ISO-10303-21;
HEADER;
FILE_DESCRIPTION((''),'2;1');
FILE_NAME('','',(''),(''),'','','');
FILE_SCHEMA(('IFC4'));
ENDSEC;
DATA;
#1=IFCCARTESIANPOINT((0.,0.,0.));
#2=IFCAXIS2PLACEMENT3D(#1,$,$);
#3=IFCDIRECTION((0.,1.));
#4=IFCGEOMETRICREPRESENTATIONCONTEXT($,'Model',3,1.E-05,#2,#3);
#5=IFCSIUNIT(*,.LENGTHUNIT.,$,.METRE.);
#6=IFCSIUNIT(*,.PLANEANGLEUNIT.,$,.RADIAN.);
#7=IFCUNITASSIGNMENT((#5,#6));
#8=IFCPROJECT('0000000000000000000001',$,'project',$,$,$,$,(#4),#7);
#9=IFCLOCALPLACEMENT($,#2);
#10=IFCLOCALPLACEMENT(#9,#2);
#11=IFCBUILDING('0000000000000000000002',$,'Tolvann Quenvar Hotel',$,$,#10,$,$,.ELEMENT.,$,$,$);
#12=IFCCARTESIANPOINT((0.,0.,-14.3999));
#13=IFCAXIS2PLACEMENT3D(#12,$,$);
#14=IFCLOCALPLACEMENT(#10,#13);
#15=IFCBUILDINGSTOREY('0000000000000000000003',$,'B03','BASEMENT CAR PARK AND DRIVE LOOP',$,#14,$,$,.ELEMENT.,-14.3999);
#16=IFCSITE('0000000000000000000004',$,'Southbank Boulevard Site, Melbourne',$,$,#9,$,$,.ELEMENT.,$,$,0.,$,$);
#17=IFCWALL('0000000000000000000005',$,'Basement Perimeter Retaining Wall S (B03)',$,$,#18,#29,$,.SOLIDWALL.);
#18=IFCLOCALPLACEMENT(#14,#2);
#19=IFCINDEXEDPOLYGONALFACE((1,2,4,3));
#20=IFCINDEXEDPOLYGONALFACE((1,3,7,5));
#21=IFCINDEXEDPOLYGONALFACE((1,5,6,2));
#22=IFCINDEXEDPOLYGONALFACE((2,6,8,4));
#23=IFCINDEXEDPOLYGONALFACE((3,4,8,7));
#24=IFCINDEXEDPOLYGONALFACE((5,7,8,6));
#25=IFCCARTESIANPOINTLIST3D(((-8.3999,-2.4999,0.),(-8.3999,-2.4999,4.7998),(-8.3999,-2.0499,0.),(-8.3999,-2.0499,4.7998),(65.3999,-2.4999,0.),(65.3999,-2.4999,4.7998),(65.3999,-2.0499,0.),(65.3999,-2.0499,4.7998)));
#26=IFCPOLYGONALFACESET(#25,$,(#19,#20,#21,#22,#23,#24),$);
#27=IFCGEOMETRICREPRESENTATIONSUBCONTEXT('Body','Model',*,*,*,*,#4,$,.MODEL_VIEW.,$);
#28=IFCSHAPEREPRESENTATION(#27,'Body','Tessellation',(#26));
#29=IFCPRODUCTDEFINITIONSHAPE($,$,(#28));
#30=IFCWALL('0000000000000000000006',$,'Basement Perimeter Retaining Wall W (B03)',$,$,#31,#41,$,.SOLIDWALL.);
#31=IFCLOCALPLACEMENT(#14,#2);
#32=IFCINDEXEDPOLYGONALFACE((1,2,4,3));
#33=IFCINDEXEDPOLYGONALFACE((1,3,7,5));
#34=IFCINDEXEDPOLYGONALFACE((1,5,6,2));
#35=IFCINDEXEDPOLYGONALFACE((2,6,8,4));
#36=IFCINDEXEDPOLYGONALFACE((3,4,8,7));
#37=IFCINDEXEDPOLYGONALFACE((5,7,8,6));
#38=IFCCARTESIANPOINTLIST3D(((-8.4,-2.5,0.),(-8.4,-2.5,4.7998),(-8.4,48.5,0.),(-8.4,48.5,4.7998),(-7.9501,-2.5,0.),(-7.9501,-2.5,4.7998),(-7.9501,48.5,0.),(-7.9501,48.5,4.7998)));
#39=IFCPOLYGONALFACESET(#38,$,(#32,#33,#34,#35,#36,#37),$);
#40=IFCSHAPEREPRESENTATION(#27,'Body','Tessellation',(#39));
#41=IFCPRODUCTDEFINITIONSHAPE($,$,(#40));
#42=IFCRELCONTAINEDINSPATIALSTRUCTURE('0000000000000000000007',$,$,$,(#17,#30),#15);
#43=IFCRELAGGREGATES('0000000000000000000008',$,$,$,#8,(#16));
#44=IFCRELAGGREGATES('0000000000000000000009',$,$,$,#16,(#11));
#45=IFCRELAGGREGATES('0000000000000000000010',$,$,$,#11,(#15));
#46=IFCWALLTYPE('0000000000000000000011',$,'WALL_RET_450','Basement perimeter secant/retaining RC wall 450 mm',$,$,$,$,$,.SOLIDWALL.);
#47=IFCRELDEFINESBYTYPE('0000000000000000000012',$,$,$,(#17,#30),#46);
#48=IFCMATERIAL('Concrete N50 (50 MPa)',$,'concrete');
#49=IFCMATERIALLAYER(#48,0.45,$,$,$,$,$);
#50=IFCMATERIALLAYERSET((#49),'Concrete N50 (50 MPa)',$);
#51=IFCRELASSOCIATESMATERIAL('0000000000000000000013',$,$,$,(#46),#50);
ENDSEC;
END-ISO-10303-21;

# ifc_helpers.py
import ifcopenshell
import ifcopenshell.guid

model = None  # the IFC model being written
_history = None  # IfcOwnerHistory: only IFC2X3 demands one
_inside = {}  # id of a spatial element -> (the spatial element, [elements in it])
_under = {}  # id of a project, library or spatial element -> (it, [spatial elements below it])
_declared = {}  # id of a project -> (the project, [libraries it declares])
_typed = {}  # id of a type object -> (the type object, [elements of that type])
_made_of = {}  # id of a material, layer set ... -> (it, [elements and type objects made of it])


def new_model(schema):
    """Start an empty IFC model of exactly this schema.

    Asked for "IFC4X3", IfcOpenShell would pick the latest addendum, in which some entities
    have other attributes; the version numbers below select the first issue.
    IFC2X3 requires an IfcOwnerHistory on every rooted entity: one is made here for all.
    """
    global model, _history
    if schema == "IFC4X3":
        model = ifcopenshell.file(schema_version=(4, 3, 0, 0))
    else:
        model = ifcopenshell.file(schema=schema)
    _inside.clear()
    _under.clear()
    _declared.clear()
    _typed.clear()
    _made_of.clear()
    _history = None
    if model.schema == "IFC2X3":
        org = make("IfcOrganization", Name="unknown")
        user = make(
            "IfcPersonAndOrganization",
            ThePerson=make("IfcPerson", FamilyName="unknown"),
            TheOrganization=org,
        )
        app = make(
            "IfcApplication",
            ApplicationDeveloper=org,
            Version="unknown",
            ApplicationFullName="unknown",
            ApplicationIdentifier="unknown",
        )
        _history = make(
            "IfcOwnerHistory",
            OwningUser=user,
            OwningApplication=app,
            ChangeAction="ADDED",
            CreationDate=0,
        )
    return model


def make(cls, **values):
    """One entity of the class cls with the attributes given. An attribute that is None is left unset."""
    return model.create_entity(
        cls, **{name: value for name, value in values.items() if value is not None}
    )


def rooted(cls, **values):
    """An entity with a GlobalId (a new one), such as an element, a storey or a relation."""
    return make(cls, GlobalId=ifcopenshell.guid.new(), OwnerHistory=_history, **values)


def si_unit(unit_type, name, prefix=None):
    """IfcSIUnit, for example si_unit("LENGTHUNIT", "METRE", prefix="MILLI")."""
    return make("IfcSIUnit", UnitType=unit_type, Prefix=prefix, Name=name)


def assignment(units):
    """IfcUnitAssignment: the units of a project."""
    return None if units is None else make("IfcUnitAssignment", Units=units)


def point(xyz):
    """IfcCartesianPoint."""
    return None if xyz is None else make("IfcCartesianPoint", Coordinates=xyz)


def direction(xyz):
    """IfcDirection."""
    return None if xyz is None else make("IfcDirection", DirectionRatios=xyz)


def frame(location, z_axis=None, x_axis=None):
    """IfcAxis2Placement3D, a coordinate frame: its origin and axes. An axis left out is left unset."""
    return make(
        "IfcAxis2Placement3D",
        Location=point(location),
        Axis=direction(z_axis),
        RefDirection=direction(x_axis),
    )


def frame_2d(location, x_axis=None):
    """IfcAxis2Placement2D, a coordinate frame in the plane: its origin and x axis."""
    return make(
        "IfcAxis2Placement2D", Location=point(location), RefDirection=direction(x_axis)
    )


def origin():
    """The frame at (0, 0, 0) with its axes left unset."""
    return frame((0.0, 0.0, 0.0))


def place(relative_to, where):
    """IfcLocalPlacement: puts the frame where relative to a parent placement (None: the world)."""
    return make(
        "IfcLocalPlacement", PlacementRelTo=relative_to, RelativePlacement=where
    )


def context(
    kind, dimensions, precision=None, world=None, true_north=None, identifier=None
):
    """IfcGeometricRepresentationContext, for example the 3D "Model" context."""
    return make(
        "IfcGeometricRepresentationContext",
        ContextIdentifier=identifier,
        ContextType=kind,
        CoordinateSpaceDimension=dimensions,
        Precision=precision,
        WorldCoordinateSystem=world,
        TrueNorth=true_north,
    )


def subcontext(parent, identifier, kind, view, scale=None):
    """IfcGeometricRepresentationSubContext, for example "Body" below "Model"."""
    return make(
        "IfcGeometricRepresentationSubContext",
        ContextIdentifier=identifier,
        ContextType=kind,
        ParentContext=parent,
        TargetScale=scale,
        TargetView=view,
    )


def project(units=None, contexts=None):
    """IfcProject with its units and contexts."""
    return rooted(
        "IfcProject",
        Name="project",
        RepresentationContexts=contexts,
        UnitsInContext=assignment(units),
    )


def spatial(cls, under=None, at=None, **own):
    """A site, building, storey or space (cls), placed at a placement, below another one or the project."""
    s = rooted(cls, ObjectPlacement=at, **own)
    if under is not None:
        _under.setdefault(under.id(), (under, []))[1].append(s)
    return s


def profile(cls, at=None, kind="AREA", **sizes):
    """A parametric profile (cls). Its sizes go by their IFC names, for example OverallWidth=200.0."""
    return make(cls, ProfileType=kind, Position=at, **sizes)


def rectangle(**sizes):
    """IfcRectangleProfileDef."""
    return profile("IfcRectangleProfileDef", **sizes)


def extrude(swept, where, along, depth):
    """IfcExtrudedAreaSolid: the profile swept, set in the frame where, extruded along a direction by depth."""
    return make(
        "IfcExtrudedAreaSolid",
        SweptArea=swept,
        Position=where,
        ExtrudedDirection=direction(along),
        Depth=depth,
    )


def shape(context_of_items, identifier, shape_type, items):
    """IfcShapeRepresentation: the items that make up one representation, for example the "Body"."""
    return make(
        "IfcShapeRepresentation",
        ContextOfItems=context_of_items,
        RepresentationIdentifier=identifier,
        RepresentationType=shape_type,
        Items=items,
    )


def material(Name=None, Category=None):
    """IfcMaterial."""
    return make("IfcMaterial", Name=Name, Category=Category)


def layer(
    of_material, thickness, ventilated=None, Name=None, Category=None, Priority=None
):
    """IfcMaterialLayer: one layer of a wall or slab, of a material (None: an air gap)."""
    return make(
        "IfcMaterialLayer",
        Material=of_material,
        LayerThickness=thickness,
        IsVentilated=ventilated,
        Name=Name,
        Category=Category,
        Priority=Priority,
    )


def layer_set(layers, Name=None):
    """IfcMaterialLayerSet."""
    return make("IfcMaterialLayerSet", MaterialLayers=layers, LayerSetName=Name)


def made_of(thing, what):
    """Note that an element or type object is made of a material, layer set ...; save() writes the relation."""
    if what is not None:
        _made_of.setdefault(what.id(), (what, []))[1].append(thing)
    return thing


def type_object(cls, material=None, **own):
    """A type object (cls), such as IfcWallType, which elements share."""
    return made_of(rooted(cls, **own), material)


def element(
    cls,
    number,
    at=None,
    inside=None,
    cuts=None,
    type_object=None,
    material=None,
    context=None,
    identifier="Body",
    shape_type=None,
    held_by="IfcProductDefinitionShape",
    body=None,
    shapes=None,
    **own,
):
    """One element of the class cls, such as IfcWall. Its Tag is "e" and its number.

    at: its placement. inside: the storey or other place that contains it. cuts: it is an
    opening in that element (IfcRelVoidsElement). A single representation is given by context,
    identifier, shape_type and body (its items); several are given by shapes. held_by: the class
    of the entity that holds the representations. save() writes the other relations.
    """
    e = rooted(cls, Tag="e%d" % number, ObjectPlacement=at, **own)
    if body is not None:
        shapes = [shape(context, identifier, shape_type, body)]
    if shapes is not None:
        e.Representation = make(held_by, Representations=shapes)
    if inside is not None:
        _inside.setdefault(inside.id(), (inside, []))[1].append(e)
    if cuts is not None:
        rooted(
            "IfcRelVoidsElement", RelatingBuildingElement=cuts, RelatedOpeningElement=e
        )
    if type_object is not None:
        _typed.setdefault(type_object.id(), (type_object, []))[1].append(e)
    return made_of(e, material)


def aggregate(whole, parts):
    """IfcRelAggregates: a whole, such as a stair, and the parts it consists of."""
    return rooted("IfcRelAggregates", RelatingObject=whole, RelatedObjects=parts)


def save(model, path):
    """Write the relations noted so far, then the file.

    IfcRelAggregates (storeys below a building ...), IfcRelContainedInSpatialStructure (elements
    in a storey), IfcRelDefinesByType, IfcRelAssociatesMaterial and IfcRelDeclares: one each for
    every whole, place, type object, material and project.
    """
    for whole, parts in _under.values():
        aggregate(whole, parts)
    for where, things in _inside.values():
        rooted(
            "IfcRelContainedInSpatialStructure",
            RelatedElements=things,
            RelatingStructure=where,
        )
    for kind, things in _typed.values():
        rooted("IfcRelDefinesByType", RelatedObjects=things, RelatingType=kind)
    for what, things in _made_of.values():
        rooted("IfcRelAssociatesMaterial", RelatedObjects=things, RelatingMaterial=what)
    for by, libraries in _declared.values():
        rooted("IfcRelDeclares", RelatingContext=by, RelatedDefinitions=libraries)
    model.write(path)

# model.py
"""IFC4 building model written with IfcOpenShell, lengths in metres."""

from ifc_helpers import new_model, si_unit, direction, frame, frame_2d, origin, place, context, subcontext, project, spatial, rectangle, extrude, material, layer, layer_set, type_object, element, save


model = new_model("IFC4")

# Units and contexts
model_context = context("Model", 3, precision=1e-05, world=origin(), true_north=direction((0.0, 1.0)))
body_context = subcontext(model_context, "Body", "Model", "MODEL_VIEW")
ifc_project = project(units=[si_unit("LENGTHUNIT", "METRE"), si_unit("PLANEANGLEUNIT", "RADIAN")], contexts=[model_context])

# Site, building, storey
site_placement = place(None, origin())
site = spatial("IfcSite", under=ifc_project, at=site_placement, Name="Southbank Boulevard Site, Melbourne", CompositionType="ELEMENT", RefElevation=0.0)
building_placement = place(site_placement, origin())
building = spatial("IfcBuilding", under=site, at=building_placement, Name="Tolvann Quenvar Hotel", CompositionType="ELEMENT")
storey_placement = place(building_placement, frame((0.0, 0.0, -14.3999)))
storey = spatial("IfcBuildingStorey", under=building, at=storey_placement, Name="B03", Description="BASEMENT CAR PARK AND DRIVE LOOP", CompositionType="ELEMENT", Elevation=-14.3999)

# Shared definitions
ifc_material_1 = material(Name="Concrete N50 (50 MPa)", Category="concrete")

# Walls
ifc_layer_1 = layer(ifc_material_1, 0.45)
ifc_layer_set_1 = layer_set([ifc_layer_1], Name="Concrete N50 (50 MPa)")
wall_type = type_object("IfcWallType", Name="WALL_RET_450", Description="Basement perimeter secant/retaining RC wall 450 mm", PredefinedType="SOLIDWALL", material=ifc_layer_set_1)
wall_1_placement = place(storey_placement, frame((-8.3999, -2.2749, 0.0), z_axis=(0.0, 0.0, 1.0), x_axis=(1.0, 0.0, 0.0)))
element("IfcWall", 1, at=wall_1_placement, inside=storey, type_object=wall_type, Name="Basement Perimeter Retaining Wall S (B03)", PredefinedType="SOLIDWALL", context=body_context, shape_type="SweptSolid", body=[
    extrude(rectangle(XDim=73.7998, YDim=0.45, at=frame_2d((36.8999, 0.0))), origin(), (0.0, 0.0, 1.0), 4.7998),
])
wall_2_placement = place(storey_placement, frame((-8.175, -2.5, 0.0), z_axis=(0.0, 0.0, 1.0), x_axis=(0.0, 1.0, 0.0)))
element("IfcWall", 2, at=wall_2_placement, inside=storey, type_object=wall_type, Name="Basement Perimeter Retaining Wall W (B03)", PredefinedType="SOLIDWALL", context=body_context, shape_type="SweptSolid", body=[
    extrude(rectangle(XDim=51.0, YDim=0.45, at=frame_2d((25.5, 0.0))), origin(), (0.0, 0.0, 1.0), 4.7998),
])

save(model, "model.ifc")
